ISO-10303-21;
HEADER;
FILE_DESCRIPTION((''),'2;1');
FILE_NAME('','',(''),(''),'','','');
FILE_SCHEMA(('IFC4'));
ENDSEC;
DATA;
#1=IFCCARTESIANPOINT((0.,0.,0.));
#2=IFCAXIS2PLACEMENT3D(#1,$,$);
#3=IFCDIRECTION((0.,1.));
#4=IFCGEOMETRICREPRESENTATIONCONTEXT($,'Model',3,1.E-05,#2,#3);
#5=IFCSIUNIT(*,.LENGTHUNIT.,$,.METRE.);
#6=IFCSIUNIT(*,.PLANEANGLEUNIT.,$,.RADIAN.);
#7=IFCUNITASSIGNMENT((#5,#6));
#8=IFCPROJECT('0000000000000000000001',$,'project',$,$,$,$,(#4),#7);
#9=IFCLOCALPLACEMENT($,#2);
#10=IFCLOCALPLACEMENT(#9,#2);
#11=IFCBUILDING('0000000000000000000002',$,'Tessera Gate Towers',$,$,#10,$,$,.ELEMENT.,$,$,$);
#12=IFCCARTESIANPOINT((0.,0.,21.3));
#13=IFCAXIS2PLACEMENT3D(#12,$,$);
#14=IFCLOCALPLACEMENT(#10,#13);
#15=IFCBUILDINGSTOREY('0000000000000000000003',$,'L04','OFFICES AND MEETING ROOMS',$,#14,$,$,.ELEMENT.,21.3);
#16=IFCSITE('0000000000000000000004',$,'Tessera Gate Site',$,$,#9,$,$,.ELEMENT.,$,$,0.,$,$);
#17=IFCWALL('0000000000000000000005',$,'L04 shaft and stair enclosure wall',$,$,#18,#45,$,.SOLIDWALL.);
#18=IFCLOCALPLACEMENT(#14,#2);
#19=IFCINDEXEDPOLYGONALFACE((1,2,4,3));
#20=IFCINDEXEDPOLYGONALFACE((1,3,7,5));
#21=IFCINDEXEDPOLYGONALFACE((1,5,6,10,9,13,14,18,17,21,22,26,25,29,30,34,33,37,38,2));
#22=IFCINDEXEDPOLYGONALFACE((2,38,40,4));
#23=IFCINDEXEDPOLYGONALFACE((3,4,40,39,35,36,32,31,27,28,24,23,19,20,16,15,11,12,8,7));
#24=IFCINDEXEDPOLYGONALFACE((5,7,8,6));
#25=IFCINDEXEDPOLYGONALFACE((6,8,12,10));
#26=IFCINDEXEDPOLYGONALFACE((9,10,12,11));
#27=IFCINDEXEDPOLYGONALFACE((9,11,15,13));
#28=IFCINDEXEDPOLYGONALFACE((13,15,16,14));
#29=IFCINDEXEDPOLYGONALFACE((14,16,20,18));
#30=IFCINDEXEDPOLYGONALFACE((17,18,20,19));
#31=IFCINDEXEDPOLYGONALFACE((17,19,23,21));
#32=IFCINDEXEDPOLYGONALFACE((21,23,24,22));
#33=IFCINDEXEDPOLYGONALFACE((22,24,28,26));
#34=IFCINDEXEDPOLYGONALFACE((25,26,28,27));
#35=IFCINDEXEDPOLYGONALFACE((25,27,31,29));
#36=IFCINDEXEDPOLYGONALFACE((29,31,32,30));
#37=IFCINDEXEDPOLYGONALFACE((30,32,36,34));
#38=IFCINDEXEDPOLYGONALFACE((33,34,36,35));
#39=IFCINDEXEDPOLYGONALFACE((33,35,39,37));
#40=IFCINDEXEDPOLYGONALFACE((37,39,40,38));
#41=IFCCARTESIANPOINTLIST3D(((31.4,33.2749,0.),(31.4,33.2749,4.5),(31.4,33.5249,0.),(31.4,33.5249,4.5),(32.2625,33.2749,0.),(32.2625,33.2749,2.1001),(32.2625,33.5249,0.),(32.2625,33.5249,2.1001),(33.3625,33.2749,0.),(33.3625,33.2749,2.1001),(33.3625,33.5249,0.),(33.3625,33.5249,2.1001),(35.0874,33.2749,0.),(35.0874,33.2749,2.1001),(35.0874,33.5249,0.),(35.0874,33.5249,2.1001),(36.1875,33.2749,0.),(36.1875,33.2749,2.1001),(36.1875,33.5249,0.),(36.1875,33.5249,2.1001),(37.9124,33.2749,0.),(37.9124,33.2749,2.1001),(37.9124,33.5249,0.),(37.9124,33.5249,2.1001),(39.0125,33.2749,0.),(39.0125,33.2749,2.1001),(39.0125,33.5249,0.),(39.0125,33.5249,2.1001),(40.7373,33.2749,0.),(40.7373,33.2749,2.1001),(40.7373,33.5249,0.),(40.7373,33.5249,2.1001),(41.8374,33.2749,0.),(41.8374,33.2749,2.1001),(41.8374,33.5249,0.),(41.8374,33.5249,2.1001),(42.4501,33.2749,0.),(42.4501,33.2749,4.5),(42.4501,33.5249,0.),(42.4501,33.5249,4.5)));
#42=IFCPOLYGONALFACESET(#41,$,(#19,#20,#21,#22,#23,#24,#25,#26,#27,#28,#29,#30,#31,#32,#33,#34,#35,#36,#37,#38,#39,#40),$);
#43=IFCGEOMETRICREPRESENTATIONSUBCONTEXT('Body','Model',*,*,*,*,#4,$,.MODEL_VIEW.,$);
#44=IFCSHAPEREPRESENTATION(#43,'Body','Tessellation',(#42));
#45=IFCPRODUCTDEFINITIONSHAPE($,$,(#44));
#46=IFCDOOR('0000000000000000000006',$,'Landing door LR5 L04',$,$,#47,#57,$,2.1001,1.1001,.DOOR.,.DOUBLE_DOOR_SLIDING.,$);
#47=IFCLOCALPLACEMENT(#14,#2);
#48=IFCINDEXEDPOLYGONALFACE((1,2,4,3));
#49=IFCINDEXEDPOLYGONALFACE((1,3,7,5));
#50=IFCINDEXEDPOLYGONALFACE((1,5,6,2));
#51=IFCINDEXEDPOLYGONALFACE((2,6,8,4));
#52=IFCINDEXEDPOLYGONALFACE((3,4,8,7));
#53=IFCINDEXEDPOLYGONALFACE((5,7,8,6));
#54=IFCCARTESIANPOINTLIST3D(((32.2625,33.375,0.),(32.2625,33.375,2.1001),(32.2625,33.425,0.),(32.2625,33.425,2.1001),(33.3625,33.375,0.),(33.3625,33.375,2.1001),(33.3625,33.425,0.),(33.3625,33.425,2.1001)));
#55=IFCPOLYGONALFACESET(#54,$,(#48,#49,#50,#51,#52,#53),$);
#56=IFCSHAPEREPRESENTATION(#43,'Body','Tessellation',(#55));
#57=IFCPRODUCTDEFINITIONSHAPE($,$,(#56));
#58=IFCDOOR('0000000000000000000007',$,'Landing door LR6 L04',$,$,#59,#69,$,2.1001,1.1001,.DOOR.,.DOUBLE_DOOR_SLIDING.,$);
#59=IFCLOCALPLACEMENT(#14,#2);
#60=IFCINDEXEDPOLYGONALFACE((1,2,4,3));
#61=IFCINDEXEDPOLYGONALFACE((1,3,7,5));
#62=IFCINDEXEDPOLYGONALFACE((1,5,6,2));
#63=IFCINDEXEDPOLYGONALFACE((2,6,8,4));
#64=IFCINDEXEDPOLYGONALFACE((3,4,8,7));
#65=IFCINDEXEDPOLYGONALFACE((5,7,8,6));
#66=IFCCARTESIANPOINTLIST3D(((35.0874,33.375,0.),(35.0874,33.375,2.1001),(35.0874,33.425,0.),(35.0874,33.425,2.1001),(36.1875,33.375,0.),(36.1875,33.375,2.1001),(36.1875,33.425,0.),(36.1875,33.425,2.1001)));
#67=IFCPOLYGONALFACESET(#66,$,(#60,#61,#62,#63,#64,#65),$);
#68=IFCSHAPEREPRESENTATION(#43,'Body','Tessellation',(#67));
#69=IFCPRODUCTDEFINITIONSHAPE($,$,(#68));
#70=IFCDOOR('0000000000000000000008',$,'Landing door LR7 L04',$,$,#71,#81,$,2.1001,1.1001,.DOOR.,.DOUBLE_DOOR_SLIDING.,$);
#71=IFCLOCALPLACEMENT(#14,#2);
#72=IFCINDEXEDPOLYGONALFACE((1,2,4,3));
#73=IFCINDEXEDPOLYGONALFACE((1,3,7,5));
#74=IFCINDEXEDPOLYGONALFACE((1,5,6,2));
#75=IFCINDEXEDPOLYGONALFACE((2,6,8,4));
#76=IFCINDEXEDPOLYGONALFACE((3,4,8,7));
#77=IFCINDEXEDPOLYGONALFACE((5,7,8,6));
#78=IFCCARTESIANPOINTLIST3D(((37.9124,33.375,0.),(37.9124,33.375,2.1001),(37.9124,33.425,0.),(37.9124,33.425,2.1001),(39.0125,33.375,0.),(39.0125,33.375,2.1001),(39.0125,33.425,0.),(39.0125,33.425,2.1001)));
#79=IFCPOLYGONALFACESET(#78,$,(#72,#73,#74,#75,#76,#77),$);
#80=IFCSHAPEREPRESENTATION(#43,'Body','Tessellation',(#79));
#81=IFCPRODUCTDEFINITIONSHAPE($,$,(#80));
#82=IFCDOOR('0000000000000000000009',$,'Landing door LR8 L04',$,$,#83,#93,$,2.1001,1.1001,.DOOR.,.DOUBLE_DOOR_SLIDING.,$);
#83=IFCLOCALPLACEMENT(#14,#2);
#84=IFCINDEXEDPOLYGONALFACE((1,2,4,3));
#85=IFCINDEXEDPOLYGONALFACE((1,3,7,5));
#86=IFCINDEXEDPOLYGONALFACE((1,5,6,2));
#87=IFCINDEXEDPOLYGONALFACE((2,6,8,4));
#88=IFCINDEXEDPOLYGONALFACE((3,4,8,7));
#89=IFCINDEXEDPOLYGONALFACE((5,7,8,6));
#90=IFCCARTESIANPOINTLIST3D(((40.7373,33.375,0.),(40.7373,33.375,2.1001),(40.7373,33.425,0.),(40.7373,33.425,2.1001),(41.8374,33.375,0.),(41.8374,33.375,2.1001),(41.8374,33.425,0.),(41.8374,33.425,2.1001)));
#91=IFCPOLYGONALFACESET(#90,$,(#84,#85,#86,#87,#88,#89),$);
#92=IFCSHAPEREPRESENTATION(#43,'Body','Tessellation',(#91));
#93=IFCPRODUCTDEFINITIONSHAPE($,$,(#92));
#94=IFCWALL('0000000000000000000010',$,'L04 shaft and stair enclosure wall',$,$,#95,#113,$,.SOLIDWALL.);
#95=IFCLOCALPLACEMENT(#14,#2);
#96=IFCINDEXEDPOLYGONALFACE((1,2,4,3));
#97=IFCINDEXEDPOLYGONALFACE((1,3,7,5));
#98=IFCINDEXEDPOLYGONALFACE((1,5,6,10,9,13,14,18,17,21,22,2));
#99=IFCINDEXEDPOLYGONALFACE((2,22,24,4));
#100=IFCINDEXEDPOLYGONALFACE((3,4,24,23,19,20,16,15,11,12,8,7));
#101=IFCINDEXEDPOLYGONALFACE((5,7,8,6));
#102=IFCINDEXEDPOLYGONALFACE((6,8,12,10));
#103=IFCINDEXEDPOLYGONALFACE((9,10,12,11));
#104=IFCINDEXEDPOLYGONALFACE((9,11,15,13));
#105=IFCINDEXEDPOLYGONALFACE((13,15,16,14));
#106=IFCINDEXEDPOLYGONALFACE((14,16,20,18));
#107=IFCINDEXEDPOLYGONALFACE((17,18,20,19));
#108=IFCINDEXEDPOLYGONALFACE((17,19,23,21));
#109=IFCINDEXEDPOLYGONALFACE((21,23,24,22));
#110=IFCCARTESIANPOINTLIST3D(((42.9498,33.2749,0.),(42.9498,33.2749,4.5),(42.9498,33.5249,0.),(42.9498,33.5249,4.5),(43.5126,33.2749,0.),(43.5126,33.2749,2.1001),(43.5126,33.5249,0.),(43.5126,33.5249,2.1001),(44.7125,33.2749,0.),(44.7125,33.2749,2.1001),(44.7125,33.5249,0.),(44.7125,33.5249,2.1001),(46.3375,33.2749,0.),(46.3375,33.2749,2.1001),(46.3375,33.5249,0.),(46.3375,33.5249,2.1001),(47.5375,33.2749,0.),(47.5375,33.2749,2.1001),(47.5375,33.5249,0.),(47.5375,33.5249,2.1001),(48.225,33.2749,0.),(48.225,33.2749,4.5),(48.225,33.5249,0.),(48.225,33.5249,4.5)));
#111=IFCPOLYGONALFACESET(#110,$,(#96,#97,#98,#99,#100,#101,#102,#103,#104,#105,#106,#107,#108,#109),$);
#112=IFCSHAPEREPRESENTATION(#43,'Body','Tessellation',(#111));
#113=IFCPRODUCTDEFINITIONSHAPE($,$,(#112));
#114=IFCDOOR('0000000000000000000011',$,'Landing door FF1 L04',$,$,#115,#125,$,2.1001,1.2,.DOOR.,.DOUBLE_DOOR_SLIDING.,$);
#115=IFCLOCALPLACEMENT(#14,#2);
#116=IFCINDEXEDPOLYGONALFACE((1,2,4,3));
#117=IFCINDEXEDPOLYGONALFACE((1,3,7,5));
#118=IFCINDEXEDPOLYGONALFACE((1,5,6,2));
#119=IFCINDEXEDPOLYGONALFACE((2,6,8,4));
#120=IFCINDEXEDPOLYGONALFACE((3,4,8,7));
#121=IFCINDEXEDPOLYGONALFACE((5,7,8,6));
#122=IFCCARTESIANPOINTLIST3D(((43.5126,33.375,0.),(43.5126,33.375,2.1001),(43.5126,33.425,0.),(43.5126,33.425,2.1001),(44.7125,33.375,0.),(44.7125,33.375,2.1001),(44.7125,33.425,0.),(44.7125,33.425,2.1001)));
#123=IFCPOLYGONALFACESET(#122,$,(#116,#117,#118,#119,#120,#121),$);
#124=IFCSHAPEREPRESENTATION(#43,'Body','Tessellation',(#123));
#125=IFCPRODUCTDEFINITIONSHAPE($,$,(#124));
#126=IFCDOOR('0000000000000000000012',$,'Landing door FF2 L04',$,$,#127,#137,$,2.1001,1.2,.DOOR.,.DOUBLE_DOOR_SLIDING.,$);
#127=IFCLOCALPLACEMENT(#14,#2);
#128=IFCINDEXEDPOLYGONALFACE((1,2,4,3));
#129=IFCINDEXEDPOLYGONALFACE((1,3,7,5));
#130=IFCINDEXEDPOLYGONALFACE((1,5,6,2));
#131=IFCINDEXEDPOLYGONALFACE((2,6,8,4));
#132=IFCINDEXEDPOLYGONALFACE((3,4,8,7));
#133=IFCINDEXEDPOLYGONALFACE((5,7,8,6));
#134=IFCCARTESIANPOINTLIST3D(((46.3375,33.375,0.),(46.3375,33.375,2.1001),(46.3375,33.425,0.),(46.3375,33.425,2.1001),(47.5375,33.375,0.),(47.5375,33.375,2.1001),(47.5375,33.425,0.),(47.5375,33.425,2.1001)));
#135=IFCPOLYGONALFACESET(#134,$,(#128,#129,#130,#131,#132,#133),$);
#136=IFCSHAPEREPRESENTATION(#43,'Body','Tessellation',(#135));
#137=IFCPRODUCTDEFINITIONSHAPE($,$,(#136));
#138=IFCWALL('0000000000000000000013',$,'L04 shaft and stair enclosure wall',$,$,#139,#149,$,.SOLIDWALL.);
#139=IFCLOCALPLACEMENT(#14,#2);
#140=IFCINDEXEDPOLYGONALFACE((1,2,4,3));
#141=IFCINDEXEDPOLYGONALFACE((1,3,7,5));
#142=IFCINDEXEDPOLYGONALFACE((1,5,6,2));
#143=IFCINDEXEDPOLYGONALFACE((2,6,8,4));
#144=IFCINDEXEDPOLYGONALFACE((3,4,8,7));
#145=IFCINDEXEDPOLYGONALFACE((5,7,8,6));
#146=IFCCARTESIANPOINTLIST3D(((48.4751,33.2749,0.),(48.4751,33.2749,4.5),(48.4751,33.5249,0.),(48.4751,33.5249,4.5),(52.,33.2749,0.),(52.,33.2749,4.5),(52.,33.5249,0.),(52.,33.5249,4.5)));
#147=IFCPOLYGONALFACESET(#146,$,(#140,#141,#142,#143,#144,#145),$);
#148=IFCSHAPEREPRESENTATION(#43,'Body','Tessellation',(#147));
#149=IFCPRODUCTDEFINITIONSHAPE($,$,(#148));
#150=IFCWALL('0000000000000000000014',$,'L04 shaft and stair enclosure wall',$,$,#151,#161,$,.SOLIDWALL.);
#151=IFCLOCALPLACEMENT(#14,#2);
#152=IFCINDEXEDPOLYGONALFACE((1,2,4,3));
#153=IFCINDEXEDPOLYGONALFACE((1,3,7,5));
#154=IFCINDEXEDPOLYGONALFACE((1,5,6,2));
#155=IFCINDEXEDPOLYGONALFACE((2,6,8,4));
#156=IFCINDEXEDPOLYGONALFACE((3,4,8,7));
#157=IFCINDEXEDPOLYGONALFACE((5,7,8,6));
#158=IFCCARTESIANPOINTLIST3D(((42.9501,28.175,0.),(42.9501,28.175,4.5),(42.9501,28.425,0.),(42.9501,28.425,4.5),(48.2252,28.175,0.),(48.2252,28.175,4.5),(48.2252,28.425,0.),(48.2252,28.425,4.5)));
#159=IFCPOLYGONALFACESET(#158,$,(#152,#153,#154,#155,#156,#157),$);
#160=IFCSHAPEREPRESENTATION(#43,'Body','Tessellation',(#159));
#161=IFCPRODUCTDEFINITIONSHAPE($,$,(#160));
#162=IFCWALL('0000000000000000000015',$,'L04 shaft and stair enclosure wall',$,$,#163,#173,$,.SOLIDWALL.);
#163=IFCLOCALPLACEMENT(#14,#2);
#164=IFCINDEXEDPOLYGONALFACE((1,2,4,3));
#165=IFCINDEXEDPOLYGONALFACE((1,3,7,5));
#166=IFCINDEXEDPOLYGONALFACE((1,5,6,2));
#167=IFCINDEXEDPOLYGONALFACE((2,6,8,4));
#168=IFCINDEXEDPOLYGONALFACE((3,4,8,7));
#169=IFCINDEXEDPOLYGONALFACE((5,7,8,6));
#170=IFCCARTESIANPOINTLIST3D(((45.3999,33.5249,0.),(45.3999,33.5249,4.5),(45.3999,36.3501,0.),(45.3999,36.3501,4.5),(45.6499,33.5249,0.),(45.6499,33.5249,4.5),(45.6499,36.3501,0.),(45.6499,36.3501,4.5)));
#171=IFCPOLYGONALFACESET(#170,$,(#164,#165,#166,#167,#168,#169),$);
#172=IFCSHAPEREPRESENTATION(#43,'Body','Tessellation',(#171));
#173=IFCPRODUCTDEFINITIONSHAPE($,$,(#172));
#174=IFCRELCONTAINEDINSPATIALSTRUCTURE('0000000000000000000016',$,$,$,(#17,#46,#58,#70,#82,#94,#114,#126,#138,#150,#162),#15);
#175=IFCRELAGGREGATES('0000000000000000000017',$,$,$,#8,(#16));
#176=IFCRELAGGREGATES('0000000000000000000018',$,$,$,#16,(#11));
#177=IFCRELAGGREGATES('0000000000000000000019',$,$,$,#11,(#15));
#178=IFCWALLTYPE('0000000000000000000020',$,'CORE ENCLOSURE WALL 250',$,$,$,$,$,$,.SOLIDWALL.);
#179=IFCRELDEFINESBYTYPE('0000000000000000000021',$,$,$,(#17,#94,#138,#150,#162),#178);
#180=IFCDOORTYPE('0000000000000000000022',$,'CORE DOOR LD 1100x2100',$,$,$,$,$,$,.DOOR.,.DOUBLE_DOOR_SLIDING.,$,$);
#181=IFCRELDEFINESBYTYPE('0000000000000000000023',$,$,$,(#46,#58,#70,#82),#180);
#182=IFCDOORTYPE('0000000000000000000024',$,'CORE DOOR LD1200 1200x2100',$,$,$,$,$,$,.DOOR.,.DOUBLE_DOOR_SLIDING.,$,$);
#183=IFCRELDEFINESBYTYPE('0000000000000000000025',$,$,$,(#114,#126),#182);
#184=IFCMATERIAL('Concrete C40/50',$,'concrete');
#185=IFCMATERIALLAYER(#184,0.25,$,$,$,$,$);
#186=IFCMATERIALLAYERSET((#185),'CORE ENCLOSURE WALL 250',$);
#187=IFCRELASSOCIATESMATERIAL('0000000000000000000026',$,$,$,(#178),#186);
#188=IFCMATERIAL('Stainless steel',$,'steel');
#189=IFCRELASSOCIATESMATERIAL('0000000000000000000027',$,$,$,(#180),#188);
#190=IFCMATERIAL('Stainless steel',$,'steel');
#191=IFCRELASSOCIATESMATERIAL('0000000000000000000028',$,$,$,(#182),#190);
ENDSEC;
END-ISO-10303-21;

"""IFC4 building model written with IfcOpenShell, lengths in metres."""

from ifc_helpers import new_model, si_unit, direction, frame, frame_2d, origin, place, context, subcontext, project, spatial, rectangle, extrude, source, transform, mapped, material, layer, layer_set, type_object, element, fill, save


model = new_model("IFC4")

# Units and contexts
model_context = context("Model", 3, precision=1e-05, world=origin(), true_north=direction((0.0, 1.0)))
body_context = subcontext(model_context, "Body", "Model", "MODEL_VIEW")
ifc_project = project(units=[si_unit("LENGTHUNIT", "METRE"), si_unit("PLANEANGLEUNIT", "RADIAN")], contexts=[model_context])

# Site, building, storey
site_placement = place(None, origin())
site = spatial("IfcSite", under=ifc_project, at=site_placement, Name="Tessera Gate Site", CompositionType="ELEMENT", RefElevation=0.0)
building_placement = place(site_placement, origin())
building = spatial("IfcBuilding", under=site, at=building_placement, Name="Tessera Gate Towers", CompositionType="ELEMENT")
storey_placement = place(building_placement, frame((0.0, 0.0, 21.3)))
storey = spatial("IfcBuildingStorey", under=building, at=storey_placement, Name="L04", Description="OFFICES AND MEETING ROOMS", CompositionType="ELEMENT", Elevation=21.3)

# Walls, openings, doors
ifc_material_1 = material(Name="Concrete C40/50", Category="concrete")
ifc_layer_1 = layer(ifc_material_1, 0.25)
ifc_layer_set_1 = layer_set([ifc_layer_1], Name="CORE ENCLOSURE WALL 250")
wall_type_1 = type_object("IfcWallType", Name="CORE ENCLOSURE WALL 250", PredefinedType="SOLIDWALL", material=ifc_layer_set_1)
wall_1_placement = place(storey_placement, frame((42.45, 33.3999, 0.0), z_axis=(0.0, 0.0, 1.0), x_axis=(-1.0, 0.0, 0.0)))
wall_1 = element("IfcWall", 1, at=wall_1_placement, inside=storey, type_object=wall_type_1, Name="L04 shaft and stair enclosure wall", PredefinedType="SOLIDWALL", context=body_context, shape_type="SweptSolid", body=[
    extrude(rectangle(XDim=11.05, YDim=0.25, at=frame_2d((5.5249, 0.0))), origin(), (0.0, 0.0, 1.0), 4.5),
])
shared_shape_1 = source(origin(), body_context, "Body", "SweptSolid", [
    extrude(rectangle(XDim=1.1001, YDim=2.1001, at=frame_2d((0.55, 1.05))), frame((0.0, 0.135, 0.0), z_axis=(0.0, -1.0, 0.0), x_axis=(1.0, 0.0, 0.0)), (0.0, 0.0, 1.0), 0.27),
])
opening_1_placement = place(wall_1_placement, frame((9.0874, 0.0, 0.0)))
opening_1 = element("IfcOpeningElement", 2, at=opening_1_placement, cuts=wall_1, PredefinedType="OPENING", context=body_context, shape_type="MappedRepresentation", body=[
    mapped(shared_shape_1, transform((0.0, 0.0, 0.0), scale=1.0)),
])
opening_2_placement = place(wall_1_placement, frame((6.2625, 0.0, 0.0)))
opening_2 = element("IfcOpeningElement", 3, at=opening_2_placement, cuts=wall_1, PredefinedType="OPENING", context=body_context, shape_type="MappedRepresentation", body=[
    mapped(shared_shape_1, transform((0.0, 0.0, 0.0), scale=1.0)),
])
opening_3_placement = place(wall_1_placement, frame((3.4375, 0.0, 0.0)))
opening_3 = element("IfcOpeningElement", 4, at=opening_3_placement, cuts=wall_1, PredefinedType="OPENING", context=body_context, shape_type="MappedRepresentation", body=[
    mapped(shared_shape_1, transform((0.0, 0.0, 0.0), scale=1.0)),
])
opening_4_placement = place(wall_1_placement, frame((0.6125, 0.0, 0.0)))
opening_4 = element("IfcOpeningElement", 5, at=opening_4_placement, cuts=wall_1, PredefinedType="OPENING", context=body_context, shape_type="MappedRepresentation", body=[
    mapped(shared_shape_1, transform((0.0, 0.0, 0.0), scale=1.0)),
])
ifc_material_2 = material(Name="Stainless steel", Category="steel")
door_type_1 = type_object("IfcDoorType", Name="CORE DOOR LD 1100x2100", OperationType="DOUBLE_DOOR_SLIDING", PredefinedType="DOOR", material=ifc_material_2)
shared_shape_2 = source(origin(), body_context, "Body", "SweptSolid", [
    extrude(rectangle(XDim=1.1001, YDim=2.1001, at=frame_2d((0.55, 1.05))), frame((0.0, 0.0249, 0.0), z_axis=(0.0, -1.0, 0.0), x_axis=(1.0, 0.0, 0.0)), (0.0, 0.0, 1.0), 0.05),
])
door_1_placement = place(opening_1_placement, origin())
door_1 = element("IfcDoor", 6, at=door_1_placement, inside=storey, type_object=door_type_1, Name="Landing door LR5 L04", OperationType="DOUBLE_DOOR_SLIDING", OverallHeight=2.1001, OverallWidth=1.1001, PredefinedType="DOOR", context=body_context, shape_type="MappedRepresentation", body=[
    mapped(shared_shape_2, transform((0.0, 0.0, 0.0), scale=1.0)),
])
fill(opening_1, door_1)
door_2_placement = place(opening_2_placement, origin())
door_2 = element("IfcDoor", 7, at=door_2_placement, inside=storey, type_object=door_type_1, Name="Landing door LR6 L04", OperationType="DOUBLE_DOOR_SLIDING", OverallHeight=2.1001, OverallWidth=1.1001, PredefinedType="DOOR", context=body_context, shape_type="MappedRepresentation", body=[
    mapped(shared_shape_2, transform((0.0, 0.0, 0.0), scale=1.0)),
])
fill(opening_2, door_2)
door_3_placement = place(opening_3_placement, origin())
door_3 = element("IfcDoor", 8, at=door_3_placement, inside=storey, type_object=door_type_1, Name="Landing door LR7 L04", OperationType="DOUBLE_DOOR_SLIDING", OverallHeight=2.1001, OverallWidth=1.1001, PredefinedType="DOOR", context=body_context, shape_type="MappedRepresentation", body=[
    mapped(shared_shape_2, transform((0.0, 0.0, 0.0), scale=1.0)),
])
fill(opening_3, door_3)
door_4_placement = place(opening_4_placement, origin())
door_4 = element("IfcDoor", 9, at=door_4_placement, inside=storey, type_object=door_type_1, Name="Landing door LR8 L04", OperationType="DOUBLE_DOOR_SLIDING", OverallHeight=2.1001, OverallWidth=1.1001, PredefinedType="DOOR", context=body_context, shape_type="MappedRepresentation", body=[
    mapped(shared_shape_2, transform((0.0, 0.0, 0.0), scale=1.0)),
])
fill(opening_4, door_4)
wall_2_placement = place(storey_placement, frame((48.2251, 33.3999, 0.0), z_axis=(0.0, 0.0, 1.0), x_axis=(-1.0, 0.0, 0.0)))
wall_2 = element("IfcWall", 10, at=wall_2_placement, inside=storey, type_object=wall_type_1, Name="L04 shaft and stair enclosure wall", PredefinedType="SOLIDWALL", context=body_context, shape_type="SweptSolid", body=[
    extrude(rectangle(XDim=5.2751, YDim=0.25, at=frame_2d((2.6377, 0.0))), origin(), (0.0, 0.0, 1.0), 4.5),
])
shared_shape_3 = source(origin(), body_context, "Body", "SweptSolid", [
    extrude(rectangle(XDim=1.2, YDim=2.1001, at=frame_2d((0.6001, 1.05))), frame((0.0, 0.135, 0.0), z_axis=(0.0, -1.0, 0.0), x_axis=(1.0, 0.0, 0.0)), (0.0, 0.0, 1.0), 0.27),
])
opening_5_placement = place(wall_2_placement, frame((3.5125, 0.0, 0.0)))
opening_5 = element("IfcOpeningElement", 11, at=opening_5_placement, cuts=wall_2, PredefinedType="OPENING", context=body_context, shape_type="MappedRepresentation", body=[
    mapped(shared_shape_3, transform((0.0, 0.0, 0.0), scale=1.0)),
])
opening_6_placement = place(wall_2_placement, frame((0.6875, 0.0, 0.0)))
opening_6 = element("IfcOpeningElement", 12, at=opening_6_placement, cuts=wall_2, PredefinedType="OPENING", context=body_context, shape_type="MappedRepresentation", body=[
    mapped(shared_shape_3, transform((0.0, 0.0, 0.0), scale=1.0)),
])
ifc_material_3 = material(Name="Stainless steel", Category="steel")
door_type_2 = type_object("IfcDoorType", Name="CORE DOOR LD1200 1200x2100", OperationType="DOUBLE_DOOR_SLIDING", PredefinedType="DOOR", material=ifc_material_3)
shared_shape_4 = source(origin(), body_context, "Body", "SweptSolid", [
    extrude(rectangle(XDim=1.2, YDim=2.1001, at=frame_2d((0.6001, 1.05))), frame((0.0, 0.0249, 0.0), z_axis=(0.0, -1.0, 0.0), x_axis=(1.0, 0.0, 0.0)), (0.0, 0.0, 1.0), 0.05),
])
door_5_placement = place(opening_5_placement, origin())
door_5 = element("IfcDoor", 13, at=door_5_placement, inside=storey, type_object=door_type_2, Name="Landing door FF1 L04", OperationType="DOUBLE_DOOR_SLIDING", OverallHeight=2.1001, OverallWidth=1.2, PredefinedType="DOOR", context=body_context, shape_type="MappedRepresentation", body=[
    mapped(shared_shape_4, transform((0.0, 0.0, 0.0), scale=1.0)),
])
fill(opening_5, door_5)
door_6_placement = place(opening_6_placement, origin())
door_6 = element("IfcDoor", 14, at=door_6_placement, inside=storey, type_object=door_type_2, Name="Landing door FF2 L04", OperationType="DOUBLE_DOOR_SLIDING", OverallHeight=2.1001, OverallWidth=1.2, PredefinedType="DOOR", context=body_context, shape_type="MappedRepresentation", body=[
    mapped(shared_shape_4, transform((0.0, 0.0, 0.0), scale=1.0)),
])
fill(opening_6, door_6)

# Walls
wall_3_placement = place(storey_placement, frame((48.4751, 33.3999, 0.0), z_axis=(0.0, 0.0, 1.0), x_axis=(1.0, 0.0, 0.0)))
element("IfcWall", 15, at=wall_3_placement, inside=storey, type_object=wall_type_1, Name="L04 shaft and stair enclosure wall", PredefinedType="SOLIDWALL", context=body_context, shape_type="SweptSolid", body=[
    extrude(rectangle(XDim=3.5249, YDim=0.25, at=frame_2d((1.7625, 0.0))), origin(), (0.0, 0.0, 1.0), 4.5),
])
wall_4_placement = place(storey_placement, frame((42.95, 28.3, 0.0), z_axis=(0.0, 0.0, 1.0), x_axis=(1.0, 0.0, 0.0)))
element("IfcWall", 16, at=wall_4_placement, inside=storey, type_object=wall_type_1, Name="L04 shaft and stair enclosure wall", PredefinedType="SOLIDWALL", context=body_context, shape_type="SweptSolid", body=[
    extrude(rectangle(XDim=5.2751, YDim=0.25, at=frame_2d((2.6377, 0.0))), origin(), (0.0, 0.0, 1.0), 4.5),
])
wall_5_placement = place(storey_placement, frame((45.5249, 33.5249, 0.0), z_axis=(0.0, 0.0, 1.0), x_axis=(0.0, 1.0, 0.0)))
element("IfcWall", 17, at=wall_5_placement, inside=storey, type_object=wall_type_1, Name="L04 shaft and stair enclosure wall", PredefinedType="SOLIDWALL", context=body_context, shape_type="SweptSolid", body=[
    extrude(rectangle(XDim=2.8252, YDim=0.25, at=frame_2d((1.4126, 0.0))), origin(), (0.0, 0.0, 1.0), 4.5),
])

save(model, "model.ifc")
